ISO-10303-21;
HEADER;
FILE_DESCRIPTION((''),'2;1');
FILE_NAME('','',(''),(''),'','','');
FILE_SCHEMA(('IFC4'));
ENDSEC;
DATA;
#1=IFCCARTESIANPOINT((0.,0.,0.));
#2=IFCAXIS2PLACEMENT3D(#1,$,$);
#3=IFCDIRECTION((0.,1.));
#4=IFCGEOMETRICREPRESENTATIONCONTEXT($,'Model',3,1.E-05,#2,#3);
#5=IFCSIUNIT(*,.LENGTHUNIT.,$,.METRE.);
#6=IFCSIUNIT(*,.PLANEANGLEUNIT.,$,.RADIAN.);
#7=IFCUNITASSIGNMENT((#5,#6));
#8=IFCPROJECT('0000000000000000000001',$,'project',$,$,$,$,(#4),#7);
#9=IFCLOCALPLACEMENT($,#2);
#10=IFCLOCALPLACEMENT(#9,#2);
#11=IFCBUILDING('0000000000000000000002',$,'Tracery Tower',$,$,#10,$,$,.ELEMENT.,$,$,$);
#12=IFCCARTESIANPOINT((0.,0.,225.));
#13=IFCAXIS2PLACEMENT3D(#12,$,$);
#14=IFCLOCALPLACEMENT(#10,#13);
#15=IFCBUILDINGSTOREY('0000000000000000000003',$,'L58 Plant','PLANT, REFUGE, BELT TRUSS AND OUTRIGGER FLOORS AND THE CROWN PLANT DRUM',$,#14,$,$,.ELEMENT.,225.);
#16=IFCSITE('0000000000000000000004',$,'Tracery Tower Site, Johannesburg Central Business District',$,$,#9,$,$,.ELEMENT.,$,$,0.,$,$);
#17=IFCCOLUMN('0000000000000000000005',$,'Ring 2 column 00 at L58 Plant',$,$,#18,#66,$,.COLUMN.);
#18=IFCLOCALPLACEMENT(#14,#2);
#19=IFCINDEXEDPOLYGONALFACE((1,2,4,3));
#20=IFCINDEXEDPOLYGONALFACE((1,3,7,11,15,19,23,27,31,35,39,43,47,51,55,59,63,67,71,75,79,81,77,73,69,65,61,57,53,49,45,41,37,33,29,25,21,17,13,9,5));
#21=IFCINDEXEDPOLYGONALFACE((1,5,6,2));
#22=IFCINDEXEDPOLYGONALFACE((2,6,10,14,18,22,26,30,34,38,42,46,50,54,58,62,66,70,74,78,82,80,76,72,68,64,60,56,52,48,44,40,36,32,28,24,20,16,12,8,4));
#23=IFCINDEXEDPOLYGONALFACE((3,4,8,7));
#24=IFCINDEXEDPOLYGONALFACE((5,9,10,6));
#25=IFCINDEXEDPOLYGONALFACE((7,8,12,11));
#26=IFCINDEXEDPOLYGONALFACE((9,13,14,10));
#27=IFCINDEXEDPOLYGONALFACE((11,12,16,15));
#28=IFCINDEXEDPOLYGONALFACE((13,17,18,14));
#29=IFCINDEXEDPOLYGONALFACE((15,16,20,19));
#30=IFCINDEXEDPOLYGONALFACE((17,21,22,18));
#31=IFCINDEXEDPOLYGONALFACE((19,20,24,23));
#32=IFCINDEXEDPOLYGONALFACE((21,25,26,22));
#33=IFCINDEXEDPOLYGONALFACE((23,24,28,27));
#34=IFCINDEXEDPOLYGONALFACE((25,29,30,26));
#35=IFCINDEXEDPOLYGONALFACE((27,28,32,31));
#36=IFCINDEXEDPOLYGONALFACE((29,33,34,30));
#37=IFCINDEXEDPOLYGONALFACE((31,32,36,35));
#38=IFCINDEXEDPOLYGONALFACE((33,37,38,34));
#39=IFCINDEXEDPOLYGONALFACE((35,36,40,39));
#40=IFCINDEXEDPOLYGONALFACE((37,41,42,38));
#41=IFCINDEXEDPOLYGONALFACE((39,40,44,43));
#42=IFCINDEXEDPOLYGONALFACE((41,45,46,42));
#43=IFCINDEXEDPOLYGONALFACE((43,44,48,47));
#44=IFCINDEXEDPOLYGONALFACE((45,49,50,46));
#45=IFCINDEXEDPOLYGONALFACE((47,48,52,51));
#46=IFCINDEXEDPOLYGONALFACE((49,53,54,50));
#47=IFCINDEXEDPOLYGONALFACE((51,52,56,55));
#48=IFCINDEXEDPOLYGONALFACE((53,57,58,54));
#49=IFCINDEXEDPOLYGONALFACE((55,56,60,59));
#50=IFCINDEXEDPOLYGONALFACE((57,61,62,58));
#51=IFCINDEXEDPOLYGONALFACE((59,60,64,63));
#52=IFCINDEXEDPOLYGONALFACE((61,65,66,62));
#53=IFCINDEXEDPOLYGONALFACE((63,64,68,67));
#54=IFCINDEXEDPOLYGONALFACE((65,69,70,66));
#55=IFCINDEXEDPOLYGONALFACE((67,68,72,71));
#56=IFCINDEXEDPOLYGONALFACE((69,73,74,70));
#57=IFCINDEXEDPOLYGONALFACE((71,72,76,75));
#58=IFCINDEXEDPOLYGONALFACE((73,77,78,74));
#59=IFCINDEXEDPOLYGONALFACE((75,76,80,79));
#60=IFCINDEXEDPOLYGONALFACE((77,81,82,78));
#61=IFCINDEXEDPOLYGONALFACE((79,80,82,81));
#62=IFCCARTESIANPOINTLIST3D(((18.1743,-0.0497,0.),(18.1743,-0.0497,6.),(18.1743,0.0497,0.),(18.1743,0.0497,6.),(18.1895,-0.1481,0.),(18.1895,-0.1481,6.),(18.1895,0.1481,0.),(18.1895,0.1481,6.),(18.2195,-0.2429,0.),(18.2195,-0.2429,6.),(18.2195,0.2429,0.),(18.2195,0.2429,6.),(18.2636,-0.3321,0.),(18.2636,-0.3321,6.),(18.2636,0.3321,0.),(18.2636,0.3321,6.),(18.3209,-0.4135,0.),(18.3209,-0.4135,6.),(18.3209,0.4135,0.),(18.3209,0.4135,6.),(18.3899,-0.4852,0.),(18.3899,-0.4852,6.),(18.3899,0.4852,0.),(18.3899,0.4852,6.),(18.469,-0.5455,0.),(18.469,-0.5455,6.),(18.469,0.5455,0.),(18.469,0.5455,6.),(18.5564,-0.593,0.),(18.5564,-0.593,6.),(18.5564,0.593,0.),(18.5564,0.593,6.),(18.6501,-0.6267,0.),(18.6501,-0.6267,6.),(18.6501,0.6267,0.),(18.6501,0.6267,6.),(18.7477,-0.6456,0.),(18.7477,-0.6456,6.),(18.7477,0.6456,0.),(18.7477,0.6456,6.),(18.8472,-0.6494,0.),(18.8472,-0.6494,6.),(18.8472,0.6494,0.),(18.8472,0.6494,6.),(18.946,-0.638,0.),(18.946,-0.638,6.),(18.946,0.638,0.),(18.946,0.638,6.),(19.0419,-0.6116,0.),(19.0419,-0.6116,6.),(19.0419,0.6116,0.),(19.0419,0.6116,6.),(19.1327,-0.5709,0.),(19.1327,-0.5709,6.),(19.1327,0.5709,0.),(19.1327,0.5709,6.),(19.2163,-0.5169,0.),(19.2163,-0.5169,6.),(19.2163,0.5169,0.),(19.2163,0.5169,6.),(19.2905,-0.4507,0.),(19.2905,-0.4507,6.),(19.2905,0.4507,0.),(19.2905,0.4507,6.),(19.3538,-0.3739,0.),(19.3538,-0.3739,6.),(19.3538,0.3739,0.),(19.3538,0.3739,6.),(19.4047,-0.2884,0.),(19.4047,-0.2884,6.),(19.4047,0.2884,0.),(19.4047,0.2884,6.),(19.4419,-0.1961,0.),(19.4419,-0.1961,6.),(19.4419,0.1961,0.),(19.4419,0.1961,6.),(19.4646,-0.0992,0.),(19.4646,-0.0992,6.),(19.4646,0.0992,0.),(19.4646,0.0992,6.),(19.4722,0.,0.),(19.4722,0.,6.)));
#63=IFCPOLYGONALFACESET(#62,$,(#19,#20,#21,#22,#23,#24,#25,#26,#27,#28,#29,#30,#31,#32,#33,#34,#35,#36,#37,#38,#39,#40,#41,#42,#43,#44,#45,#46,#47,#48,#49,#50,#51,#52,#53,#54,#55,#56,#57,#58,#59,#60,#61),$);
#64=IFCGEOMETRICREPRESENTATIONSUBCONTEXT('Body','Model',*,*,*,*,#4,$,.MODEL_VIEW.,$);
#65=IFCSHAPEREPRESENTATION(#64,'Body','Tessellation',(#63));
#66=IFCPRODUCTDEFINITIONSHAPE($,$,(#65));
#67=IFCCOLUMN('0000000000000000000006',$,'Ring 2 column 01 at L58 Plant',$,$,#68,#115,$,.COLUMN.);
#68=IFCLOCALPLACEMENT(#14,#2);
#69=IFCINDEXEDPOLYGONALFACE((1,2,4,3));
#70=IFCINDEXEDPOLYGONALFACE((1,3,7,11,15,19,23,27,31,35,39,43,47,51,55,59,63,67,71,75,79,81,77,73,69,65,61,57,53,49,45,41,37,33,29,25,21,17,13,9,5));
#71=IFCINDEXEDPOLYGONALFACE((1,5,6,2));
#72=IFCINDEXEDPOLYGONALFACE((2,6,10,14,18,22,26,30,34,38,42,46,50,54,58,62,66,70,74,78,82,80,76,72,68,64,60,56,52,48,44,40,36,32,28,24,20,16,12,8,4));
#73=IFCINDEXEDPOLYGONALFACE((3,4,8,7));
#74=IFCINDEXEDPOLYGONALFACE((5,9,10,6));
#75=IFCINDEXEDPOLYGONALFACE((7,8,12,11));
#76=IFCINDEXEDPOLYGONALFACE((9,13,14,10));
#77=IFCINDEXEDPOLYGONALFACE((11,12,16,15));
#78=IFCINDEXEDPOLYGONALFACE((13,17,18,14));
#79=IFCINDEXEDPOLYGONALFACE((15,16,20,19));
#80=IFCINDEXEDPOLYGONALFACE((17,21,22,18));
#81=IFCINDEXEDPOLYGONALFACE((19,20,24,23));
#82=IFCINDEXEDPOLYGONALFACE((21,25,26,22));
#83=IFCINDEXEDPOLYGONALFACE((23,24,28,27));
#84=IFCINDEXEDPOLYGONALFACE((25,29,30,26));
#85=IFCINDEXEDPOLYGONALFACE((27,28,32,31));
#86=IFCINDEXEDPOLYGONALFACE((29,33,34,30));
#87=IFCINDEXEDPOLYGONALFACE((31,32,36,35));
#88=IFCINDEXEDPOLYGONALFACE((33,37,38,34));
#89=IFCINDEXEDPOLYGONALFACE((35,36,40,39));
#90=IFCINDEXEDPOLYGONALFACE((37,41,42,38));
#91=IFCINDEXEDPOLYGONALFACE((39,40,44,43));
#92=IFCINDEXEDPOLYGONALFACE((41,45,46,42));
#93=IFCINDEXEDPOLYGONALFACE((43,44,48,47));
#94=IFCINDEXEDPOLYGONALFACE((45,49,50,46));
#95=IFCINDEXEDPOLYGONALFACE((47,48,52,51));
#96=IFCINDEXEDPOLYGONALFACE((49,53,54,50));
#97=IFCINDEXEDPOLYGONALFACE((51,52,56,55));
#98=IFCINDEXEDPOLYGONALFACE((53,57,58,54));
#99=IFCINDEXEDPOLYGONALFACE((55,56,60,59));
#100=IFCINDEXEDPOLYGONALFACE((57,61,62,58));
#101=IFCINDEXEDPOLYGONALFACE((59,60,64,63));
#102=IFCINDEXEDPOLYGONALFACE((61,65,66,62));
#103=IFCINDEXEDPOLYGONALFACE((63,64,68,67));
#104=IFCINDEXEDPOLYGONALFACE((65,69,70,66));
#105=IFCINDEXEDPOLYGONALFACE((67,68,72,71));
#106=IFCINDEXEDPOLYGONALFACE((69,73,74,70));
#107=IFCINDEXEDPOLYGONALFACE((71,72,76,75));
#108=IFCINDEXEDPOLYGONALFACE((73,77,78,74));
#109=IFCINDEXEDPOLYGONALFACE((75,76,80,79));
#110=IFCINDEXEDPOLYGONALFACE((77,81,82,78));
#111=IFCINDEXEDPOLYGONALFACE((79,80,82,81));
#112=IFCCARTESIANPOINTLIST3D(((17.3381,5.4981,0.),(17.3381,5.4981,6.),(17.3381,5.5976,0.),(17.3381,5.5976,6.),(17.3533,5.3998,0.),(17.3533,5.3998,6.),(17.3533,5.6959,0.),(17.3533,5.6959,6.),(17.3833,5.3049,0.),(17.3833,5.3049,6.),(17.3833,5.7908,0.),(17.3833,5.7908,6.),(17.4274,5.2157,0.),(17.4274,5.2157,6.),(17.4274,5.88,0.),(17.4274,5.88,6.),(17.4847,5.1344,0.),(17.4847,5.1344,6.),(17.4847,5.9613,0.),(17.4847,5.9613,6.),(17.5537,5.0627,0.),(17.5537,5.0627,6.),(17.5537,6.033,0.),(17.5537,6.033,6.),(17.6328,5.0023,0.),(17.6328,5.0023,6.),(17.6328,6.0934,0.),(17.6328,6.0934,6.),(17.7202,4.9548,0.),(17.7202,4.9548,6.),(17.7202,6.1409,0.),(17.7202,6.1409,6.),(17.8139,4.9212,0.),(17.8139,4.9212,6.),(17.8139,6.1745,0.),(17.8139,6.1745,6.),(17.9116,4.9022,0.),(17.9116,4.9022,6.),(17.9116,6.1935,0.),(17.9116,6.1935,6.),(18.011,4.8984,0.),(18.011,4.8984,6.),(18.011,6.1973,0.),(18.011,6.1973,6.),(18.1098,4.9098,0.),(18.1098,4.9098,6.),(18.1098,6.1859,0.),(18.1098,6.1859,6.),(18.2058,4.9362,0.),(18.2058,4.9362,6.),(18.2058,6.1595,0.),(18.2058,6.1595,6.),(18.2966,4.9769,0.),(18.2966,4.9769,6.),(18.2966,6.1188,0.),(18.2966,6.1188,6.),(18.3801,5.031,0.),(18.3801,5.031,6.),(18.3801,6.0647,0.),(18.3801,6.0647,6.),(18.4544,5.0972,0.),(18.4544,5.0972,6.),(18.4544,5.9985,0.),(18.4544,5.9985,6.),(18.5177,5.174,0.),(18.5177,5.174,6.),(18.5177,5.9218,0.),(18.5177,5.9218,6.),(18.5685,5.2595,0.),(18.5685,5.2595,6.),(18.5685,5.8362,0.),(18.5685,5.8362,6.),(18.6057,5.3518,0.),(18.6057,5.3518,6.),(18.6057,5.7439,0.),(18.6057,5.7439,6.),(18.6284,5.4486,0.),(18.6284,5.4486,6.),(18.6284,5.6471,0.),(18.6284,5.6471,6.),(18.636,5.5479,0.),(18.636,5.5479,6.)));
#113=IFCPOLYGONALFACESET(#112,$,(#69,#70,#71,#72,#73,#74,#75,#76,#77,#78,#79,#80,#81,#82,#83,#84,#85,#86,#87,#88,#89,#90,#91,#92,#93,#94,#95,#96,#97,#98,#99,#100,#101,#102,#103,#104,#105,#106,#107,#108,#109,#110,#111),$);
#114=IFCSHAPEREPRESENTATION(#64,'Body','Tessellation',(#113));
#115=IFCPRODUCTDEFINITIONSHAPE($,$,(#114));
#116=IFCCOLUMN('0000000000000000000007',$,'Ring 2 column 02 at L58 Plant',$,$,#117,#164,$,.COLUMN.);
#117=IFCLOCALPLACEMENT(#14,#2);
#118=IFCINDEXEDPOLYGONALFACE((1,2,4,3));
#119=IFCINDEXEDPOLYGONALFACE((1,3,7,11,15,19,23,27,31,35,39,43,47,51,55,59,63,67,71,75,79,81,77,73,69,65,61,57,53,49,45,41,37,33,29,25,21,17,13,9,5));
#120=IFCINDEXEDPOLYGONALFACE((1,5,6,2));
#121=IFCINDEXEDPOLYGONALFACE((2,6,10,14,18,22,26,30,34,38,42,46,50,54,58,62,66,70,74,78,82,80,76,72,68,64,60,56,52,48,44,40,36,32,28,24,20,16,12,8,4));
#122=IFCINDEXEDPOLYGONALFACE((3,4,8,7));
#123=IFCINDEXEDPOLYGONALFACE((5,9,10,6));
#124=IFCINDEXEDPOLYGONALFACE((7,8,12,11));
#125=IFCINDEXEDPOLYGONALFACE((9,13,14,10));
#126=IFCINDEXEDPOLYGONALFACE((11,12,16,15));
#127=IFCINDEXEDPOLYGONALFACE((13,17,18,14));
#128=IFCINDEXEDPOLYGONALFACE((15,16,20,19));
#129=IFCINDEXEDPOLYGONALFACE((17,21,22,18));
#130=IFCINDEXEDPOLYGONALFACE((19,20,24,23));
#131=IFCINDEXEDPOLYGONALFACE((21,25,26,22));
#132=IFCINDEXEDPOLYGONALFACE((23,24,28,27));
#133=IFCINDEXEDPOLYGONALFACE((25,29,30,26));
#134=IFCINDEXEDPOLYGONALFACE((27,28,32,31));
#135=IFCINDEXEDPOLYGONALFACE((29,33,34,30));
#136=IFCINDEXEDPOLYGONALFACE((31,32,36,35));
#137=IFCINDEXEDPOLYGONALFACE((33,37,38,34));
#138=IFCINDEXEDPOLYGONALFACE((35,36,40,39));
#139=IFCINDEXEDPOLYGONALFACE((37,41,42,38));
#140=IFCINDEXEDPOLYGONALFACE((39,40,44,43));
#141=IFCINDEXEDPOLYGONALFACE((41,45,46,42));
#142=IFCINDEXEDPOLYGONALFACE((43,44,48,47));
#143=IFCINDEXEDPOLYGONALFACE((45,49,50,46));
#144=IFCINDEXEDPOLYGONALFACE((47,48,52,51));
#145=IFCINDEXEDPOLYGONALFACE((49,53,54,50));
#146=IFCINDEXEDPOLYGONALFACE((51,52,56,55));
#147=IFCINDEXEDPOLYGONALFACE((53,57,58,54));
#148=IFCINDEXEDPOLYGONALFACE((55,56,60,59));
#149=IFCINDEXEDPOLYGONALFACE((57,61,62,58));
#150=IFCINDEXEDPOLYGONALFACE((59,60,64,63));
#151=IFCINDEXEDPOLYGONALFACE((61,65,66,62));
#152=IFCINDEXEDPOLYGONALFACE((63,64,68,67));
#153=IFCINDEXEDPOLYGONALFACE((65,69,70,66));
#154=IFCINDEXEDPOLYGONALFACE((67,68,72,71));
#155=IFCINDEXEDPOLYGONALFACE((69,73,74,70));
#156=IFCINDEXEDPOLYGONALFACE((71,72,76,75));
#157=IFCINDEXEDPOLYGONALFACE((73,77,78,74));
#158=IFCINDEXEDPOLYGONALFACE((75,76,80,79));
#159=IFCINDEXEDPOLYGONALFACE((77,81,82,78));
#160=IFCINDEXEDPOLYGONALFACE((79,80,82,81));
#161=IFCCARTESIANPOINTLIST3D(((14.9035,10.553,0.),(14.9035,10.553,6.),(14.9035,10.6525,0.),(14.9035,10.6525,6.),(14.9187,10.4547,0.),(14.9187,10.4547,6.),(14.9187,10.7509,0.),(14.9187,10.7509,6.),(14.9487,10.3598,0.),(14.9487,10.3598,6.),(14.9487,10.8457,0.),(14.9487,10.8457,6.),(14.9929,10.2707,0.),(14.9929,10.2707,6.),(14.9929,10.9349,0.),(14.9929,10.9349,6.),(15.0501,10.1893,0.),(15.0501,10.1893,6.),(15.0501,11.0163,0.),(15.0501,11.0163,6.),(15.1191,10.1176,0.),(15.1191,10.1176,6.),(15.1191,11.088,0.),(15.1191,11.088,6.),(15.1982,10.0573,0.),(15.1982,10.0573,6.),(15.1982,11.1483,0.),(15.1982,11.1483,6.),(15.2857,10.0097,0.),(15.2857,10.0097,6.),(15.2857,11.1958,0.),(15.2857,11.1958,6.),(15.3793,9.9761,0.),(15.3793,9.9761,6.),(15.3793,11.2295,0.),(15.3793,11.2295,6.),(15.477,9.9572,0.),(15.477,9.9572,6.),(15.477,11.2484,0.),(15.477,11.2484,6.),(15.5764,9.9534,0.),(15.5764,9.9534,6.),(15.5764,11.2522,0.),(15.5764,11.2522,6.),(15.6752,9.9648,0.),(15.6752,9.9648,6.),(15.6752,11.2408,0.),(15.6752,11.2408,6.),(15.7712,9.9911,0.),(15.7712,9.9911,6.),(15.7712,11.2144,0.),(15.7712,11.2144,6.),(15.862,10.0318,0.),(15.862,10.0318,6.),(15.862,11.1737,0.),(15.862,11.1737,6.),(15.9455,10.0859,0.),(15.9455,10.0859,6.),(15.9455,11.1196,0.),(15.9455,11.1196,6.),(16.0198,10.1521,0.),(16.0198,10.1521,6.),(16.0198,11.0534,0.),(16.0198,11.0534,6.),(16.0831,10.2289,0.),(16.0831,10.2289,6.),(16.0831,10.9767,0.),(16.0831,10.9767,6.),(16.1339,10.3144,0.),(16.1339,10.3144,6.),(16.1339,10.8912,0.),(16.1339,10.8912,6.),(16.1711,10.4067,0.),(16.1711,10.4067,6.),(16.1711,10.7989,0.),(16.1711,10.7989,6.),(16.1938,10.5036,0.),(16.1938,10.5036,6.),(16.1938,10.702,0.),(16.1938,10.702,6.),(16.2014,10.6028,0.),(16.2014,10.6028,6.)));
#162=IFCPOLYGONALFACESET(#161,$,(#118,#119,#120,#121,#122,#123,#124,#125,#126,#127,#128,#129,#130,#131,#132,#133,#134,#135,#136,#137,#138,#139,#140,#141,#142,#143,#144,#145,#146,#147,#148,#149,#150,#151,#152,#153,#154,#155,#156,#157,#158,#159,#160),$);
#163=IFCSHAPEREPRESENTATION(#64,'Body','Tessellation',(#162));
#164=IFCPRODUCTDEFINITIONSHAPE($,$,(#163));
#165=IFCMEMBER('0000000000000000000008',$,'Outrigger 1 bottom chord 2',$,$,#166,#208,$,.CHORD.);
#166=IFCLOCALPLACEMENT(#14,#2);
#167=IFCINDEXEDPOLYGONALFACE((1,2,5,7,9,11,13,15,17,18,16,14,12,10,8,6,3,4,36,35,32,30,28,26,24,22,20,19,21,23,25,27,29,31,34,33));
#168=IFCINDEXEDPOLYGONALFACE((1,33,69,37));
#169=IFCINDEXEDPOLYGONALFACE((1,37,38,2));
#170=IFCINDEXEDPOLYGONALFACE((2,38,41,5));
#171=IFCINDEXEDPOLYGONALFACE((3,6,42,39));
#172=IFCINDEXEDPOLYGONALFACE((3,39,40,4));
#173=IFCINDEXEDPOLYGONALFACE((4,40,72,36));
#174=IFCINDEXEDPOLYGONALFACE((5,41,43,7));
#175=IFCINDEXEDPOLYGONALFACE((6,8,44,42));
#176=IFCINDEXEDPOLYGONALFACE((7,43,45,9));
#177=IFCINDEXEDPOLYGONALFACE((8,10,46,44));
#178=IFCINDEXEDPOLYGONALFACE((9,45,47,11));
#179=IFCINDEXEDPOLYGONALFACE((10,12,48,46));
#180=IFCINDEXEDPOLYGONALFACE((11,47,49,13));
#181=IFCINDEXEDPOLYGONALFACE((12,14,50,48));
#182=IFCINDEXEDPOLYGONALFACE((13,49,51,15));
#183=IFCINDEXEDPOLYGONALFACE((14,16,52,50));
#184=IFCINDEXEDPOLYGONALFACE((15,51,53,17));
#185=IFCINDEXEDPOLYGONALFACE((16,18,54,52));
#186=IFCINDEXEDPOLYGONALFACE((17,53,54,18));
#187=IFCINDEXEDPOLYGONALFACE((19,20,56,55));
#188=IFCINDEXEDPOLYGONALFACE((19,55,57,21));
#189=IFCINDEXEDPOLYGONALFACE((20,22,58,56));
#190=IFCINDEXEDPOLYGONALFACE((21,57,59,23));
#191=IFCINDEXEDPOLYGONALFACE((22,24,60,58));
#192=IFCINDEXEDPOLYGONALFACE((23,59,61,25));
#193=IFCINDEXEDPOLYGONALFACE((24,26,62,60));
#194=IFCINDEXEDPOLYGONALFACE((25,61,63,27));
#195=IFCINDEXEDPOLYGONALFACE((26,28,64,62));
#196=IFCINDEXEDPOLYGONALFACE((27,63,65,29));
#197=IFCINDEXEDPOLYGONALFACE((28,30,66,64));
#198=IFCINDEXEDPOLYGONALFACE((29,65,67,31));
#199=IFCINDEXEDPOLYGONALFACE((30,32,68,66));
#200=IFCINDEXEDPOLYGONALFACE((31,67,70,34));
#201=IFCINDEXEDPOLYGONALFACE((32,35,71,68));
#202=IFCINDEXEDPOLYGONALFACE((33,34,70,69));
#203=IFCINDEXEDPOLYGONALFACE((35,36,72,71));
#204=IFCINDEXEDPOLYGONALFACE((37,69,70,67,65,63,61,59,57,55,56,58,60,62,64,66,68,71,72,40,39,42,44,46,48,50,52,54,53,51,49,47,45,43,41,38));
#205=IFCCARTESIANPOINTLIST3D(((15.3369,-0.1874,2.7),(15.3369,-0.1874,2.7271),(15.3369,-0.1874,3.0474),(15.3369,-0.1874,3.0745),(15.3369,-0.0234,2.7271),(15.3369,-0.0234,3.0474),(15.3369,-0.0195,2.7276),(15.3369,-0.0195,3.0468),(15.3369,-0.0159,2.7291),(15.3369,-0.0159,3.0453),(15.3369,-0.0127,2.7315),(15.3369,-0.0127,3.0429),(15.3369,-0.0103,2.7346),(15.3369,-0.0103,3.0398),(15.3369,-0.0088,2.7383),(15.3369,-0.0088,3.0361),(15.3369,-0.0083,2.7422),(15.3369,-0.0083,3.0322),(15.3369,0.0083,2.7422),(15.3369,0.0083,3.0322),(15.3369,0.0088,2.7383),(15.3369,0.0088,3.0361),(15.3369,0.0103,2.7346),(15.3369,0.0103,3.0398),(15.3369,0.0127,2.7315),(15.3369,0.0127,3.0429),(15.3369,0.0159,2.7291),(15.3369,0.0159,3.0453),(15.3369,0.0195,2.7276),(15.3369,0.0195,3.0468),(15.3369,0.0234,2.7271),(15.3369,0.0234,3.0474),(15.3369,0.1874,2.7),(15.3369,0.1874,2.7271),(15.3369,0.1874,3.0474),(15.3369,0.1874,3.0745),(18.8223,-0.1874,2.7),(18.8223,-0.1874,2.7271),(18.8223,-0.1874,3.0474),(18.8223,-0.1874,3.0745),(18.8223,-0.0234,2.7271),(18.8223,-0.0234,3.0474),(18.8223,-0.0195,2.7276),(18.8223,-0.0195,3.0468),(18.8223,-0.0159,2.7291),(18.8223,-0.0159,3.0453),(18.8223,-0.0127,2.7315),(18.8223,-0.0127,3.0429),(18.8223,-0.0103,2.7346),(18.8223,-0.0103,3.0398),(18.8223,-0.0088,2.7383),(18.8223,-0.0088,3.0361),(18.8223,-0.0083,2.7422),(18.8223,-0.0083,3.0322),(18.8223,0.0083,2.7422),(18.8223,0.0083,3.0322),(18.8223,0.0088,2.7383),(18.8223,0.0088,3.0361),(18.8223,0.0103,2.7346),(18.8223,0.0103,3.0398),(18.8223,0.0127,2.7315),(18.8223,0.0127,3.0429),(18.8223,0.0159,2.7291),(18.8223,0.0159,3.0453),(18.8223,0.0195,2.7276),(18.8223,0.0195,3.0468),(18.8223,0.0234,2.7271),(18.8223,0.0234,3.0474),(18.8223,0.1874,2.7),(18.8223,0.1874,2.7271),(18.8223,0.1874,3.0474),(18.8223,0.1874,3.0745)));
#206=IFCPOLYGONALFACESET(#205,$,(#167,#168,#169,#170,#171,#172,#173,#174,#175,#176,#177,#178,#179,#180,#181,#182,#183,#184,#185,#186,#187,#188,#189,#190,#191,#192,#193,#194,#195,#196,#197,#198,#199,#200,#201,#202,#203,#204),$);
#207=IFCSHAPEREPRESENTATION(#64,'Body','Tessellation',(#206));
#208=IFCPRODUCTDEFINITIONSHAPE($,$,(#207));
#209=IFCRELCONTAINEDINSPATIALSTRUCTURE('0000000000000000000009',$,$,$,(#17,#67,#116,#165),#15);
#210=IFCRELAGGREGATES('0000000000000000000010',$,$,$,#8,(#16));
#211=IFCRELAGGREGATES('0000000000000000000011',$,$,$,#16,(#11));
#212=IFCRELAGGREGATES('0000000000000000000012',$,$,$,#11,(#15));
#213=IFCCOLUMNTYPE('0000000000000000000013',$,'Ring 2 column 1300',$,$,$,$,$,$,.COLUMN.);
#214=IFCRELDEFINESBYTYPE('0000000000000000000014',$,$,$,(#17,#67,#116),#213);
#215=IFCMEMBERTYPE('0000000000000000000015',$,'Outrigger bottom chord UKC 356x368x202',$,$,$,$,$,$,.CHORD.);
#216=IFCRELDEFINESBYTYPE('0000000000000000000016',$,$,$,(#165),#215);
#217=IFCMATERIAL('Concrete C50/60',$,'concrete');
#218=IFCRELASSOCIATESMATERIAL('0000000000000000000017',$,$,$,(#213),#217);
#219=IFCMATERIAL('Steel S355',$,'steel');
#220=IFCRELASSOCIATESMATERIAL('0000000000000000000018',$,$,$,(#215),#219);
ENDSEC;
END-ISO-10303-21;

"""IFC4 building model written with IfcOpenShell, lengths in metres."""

from ifc_helpers import new_model, si_unit, direction, frame, origin, origin_2d, place, context, subcontext, project, spatial, circle, i_section, extrude, material, material_profile, profile_set, type_object, element, save


model = new_model("IFC4")

# Units and contexts
model_context = context("Model", 3, precision=1e-05, world=origin(), true_north=direction((0.0, 1.0)))
body_context = subcontext(model_context, "Body", "Model", "MODEL_VIEW")
ifc_project = project(units=[si_unit("LENGTHUNIT", "METRE"), si_unit("PLANEANGLEUNIT", "RADIAN")], contexts=[model_context])

# Site, building, storey
site_placement = place(None, origin())
site = spatial("IfcSite", under=ifc_project, at=site_placement, Name="Tracery Tower Site, Johannesburg Central Business District", CompositionType="ELEMENT", RefElevation=0.0)
building_placement = place(site_placement, origin())
building = spatial("IfcBuilding", under=site, at=building_placement, Name="Tracery Tower", CompositionType="ELEMENT")
storey_placement = place(building_placement, frame((0.0, 0.0, 225.0)))
storey = spatial("IfcBuildingStorey", under=building, at=storey_placement, Name="L58 Plant", Description="PLANT, REFUGE, BELT TRUSS AND OUTRIGGER FLOORS AND THE CROWN PLANT DRUM", CompositionType="ELEMENT", Elevation=225.0)

# Columns
ifc_material_1 = material(Name="Concrete C50/60", Category="concrete")
ifc_material_profile_1 = material_profile(ifc_material_1, circle(Radius=0.6499, at=origin_2d()), Name="RC D1300")
ifc_profile_set_1 = profile_set([ifc_material_profile_1], Name="Concrete C50/60")
column_type = type_object("IfcColumnType", Name="Ring 2 column 1300", PredefinedType="COLUMN", material=ifc_profile_set_1)
for number, where, z_axis, x_axis, name in (
    (1, (18.8223, 0.0, 0.0), (0.0, 0.0, 1.0), (1.0, 0.0, 0.0), "Ring 2 column 00 at L58 Plant"),
    (2, (17.9861, 5.5479, 0.0), (0.0, 0.0, 1.0), (1.0, 0.0, 0.0), "Ring 2 column 01 at L58 Plant"),
    (3, (15.5515, 10.6028, 0.0), (0.0, 0.0, 1.0), (1.0, 0.0, 0.0), "Ring 2 column 02 at L58 Plant"),
):
    element("IfcColumn", number, at=place(storey_placement, frame(where, z_axis=z_axis, x_axis=x_axis)), inside=storey, type_object=column_type, Name=name, PredefinedType="COLUMN", context=body_context, shape_type="SweptSolid", body=[
        extrude(circle(Radius=0.6499, at=origin_2d()), origin(), (0.0, 0.0, 1.0), 6.0),
    ])

# Member
ifc_material_2 = material(Name="Steel S355", Category="steel")
ifc_material_profile_2 = material_profile(ifc_material_2, i_section(OverallWidth=0.3748, OverallDepth=0.3745, WebThickness=0.0166, FlangeThickness=0.0271, FilletRadius=0.0151, at=origin_2d()), Name="UKC 356x368x202")
ifc_profile_set_2 = profile_set([ifc_material_profile_2], Name="Steel S355")
member_type_1 = type_object("IfcMemberType", Name="Outrigger bottom chord UKC 356x368x202", PredefinedType="CHORD", material=ifc_profile_set_2)
member_1_placement = place(storey_placement, frame((15.3369, 0.0, 2.8872), z_axis=(1.0, 0.0, 0.0), x_axis=(0.0, 1.0, 0.0)))
element("IfcMember", 4, at=member_1_placement, inside=storey, type_object=member_type_1, Name="Outrigger 1 bottom chord 2", PredefinedType="CHORD", context=body_context, shape_type="SweptSolid", body=[
    extrude(i_section(OverallWidth=0.3748, OverallDepth=0.3745, WebThickness=0.0166, FlangeThickness=0.0271, FilletRadius=0.0151, at=origin_2d()), origin(), (0.0, 0.0, 1.0), 3.4854),
])

save(model, "model.ifc")
